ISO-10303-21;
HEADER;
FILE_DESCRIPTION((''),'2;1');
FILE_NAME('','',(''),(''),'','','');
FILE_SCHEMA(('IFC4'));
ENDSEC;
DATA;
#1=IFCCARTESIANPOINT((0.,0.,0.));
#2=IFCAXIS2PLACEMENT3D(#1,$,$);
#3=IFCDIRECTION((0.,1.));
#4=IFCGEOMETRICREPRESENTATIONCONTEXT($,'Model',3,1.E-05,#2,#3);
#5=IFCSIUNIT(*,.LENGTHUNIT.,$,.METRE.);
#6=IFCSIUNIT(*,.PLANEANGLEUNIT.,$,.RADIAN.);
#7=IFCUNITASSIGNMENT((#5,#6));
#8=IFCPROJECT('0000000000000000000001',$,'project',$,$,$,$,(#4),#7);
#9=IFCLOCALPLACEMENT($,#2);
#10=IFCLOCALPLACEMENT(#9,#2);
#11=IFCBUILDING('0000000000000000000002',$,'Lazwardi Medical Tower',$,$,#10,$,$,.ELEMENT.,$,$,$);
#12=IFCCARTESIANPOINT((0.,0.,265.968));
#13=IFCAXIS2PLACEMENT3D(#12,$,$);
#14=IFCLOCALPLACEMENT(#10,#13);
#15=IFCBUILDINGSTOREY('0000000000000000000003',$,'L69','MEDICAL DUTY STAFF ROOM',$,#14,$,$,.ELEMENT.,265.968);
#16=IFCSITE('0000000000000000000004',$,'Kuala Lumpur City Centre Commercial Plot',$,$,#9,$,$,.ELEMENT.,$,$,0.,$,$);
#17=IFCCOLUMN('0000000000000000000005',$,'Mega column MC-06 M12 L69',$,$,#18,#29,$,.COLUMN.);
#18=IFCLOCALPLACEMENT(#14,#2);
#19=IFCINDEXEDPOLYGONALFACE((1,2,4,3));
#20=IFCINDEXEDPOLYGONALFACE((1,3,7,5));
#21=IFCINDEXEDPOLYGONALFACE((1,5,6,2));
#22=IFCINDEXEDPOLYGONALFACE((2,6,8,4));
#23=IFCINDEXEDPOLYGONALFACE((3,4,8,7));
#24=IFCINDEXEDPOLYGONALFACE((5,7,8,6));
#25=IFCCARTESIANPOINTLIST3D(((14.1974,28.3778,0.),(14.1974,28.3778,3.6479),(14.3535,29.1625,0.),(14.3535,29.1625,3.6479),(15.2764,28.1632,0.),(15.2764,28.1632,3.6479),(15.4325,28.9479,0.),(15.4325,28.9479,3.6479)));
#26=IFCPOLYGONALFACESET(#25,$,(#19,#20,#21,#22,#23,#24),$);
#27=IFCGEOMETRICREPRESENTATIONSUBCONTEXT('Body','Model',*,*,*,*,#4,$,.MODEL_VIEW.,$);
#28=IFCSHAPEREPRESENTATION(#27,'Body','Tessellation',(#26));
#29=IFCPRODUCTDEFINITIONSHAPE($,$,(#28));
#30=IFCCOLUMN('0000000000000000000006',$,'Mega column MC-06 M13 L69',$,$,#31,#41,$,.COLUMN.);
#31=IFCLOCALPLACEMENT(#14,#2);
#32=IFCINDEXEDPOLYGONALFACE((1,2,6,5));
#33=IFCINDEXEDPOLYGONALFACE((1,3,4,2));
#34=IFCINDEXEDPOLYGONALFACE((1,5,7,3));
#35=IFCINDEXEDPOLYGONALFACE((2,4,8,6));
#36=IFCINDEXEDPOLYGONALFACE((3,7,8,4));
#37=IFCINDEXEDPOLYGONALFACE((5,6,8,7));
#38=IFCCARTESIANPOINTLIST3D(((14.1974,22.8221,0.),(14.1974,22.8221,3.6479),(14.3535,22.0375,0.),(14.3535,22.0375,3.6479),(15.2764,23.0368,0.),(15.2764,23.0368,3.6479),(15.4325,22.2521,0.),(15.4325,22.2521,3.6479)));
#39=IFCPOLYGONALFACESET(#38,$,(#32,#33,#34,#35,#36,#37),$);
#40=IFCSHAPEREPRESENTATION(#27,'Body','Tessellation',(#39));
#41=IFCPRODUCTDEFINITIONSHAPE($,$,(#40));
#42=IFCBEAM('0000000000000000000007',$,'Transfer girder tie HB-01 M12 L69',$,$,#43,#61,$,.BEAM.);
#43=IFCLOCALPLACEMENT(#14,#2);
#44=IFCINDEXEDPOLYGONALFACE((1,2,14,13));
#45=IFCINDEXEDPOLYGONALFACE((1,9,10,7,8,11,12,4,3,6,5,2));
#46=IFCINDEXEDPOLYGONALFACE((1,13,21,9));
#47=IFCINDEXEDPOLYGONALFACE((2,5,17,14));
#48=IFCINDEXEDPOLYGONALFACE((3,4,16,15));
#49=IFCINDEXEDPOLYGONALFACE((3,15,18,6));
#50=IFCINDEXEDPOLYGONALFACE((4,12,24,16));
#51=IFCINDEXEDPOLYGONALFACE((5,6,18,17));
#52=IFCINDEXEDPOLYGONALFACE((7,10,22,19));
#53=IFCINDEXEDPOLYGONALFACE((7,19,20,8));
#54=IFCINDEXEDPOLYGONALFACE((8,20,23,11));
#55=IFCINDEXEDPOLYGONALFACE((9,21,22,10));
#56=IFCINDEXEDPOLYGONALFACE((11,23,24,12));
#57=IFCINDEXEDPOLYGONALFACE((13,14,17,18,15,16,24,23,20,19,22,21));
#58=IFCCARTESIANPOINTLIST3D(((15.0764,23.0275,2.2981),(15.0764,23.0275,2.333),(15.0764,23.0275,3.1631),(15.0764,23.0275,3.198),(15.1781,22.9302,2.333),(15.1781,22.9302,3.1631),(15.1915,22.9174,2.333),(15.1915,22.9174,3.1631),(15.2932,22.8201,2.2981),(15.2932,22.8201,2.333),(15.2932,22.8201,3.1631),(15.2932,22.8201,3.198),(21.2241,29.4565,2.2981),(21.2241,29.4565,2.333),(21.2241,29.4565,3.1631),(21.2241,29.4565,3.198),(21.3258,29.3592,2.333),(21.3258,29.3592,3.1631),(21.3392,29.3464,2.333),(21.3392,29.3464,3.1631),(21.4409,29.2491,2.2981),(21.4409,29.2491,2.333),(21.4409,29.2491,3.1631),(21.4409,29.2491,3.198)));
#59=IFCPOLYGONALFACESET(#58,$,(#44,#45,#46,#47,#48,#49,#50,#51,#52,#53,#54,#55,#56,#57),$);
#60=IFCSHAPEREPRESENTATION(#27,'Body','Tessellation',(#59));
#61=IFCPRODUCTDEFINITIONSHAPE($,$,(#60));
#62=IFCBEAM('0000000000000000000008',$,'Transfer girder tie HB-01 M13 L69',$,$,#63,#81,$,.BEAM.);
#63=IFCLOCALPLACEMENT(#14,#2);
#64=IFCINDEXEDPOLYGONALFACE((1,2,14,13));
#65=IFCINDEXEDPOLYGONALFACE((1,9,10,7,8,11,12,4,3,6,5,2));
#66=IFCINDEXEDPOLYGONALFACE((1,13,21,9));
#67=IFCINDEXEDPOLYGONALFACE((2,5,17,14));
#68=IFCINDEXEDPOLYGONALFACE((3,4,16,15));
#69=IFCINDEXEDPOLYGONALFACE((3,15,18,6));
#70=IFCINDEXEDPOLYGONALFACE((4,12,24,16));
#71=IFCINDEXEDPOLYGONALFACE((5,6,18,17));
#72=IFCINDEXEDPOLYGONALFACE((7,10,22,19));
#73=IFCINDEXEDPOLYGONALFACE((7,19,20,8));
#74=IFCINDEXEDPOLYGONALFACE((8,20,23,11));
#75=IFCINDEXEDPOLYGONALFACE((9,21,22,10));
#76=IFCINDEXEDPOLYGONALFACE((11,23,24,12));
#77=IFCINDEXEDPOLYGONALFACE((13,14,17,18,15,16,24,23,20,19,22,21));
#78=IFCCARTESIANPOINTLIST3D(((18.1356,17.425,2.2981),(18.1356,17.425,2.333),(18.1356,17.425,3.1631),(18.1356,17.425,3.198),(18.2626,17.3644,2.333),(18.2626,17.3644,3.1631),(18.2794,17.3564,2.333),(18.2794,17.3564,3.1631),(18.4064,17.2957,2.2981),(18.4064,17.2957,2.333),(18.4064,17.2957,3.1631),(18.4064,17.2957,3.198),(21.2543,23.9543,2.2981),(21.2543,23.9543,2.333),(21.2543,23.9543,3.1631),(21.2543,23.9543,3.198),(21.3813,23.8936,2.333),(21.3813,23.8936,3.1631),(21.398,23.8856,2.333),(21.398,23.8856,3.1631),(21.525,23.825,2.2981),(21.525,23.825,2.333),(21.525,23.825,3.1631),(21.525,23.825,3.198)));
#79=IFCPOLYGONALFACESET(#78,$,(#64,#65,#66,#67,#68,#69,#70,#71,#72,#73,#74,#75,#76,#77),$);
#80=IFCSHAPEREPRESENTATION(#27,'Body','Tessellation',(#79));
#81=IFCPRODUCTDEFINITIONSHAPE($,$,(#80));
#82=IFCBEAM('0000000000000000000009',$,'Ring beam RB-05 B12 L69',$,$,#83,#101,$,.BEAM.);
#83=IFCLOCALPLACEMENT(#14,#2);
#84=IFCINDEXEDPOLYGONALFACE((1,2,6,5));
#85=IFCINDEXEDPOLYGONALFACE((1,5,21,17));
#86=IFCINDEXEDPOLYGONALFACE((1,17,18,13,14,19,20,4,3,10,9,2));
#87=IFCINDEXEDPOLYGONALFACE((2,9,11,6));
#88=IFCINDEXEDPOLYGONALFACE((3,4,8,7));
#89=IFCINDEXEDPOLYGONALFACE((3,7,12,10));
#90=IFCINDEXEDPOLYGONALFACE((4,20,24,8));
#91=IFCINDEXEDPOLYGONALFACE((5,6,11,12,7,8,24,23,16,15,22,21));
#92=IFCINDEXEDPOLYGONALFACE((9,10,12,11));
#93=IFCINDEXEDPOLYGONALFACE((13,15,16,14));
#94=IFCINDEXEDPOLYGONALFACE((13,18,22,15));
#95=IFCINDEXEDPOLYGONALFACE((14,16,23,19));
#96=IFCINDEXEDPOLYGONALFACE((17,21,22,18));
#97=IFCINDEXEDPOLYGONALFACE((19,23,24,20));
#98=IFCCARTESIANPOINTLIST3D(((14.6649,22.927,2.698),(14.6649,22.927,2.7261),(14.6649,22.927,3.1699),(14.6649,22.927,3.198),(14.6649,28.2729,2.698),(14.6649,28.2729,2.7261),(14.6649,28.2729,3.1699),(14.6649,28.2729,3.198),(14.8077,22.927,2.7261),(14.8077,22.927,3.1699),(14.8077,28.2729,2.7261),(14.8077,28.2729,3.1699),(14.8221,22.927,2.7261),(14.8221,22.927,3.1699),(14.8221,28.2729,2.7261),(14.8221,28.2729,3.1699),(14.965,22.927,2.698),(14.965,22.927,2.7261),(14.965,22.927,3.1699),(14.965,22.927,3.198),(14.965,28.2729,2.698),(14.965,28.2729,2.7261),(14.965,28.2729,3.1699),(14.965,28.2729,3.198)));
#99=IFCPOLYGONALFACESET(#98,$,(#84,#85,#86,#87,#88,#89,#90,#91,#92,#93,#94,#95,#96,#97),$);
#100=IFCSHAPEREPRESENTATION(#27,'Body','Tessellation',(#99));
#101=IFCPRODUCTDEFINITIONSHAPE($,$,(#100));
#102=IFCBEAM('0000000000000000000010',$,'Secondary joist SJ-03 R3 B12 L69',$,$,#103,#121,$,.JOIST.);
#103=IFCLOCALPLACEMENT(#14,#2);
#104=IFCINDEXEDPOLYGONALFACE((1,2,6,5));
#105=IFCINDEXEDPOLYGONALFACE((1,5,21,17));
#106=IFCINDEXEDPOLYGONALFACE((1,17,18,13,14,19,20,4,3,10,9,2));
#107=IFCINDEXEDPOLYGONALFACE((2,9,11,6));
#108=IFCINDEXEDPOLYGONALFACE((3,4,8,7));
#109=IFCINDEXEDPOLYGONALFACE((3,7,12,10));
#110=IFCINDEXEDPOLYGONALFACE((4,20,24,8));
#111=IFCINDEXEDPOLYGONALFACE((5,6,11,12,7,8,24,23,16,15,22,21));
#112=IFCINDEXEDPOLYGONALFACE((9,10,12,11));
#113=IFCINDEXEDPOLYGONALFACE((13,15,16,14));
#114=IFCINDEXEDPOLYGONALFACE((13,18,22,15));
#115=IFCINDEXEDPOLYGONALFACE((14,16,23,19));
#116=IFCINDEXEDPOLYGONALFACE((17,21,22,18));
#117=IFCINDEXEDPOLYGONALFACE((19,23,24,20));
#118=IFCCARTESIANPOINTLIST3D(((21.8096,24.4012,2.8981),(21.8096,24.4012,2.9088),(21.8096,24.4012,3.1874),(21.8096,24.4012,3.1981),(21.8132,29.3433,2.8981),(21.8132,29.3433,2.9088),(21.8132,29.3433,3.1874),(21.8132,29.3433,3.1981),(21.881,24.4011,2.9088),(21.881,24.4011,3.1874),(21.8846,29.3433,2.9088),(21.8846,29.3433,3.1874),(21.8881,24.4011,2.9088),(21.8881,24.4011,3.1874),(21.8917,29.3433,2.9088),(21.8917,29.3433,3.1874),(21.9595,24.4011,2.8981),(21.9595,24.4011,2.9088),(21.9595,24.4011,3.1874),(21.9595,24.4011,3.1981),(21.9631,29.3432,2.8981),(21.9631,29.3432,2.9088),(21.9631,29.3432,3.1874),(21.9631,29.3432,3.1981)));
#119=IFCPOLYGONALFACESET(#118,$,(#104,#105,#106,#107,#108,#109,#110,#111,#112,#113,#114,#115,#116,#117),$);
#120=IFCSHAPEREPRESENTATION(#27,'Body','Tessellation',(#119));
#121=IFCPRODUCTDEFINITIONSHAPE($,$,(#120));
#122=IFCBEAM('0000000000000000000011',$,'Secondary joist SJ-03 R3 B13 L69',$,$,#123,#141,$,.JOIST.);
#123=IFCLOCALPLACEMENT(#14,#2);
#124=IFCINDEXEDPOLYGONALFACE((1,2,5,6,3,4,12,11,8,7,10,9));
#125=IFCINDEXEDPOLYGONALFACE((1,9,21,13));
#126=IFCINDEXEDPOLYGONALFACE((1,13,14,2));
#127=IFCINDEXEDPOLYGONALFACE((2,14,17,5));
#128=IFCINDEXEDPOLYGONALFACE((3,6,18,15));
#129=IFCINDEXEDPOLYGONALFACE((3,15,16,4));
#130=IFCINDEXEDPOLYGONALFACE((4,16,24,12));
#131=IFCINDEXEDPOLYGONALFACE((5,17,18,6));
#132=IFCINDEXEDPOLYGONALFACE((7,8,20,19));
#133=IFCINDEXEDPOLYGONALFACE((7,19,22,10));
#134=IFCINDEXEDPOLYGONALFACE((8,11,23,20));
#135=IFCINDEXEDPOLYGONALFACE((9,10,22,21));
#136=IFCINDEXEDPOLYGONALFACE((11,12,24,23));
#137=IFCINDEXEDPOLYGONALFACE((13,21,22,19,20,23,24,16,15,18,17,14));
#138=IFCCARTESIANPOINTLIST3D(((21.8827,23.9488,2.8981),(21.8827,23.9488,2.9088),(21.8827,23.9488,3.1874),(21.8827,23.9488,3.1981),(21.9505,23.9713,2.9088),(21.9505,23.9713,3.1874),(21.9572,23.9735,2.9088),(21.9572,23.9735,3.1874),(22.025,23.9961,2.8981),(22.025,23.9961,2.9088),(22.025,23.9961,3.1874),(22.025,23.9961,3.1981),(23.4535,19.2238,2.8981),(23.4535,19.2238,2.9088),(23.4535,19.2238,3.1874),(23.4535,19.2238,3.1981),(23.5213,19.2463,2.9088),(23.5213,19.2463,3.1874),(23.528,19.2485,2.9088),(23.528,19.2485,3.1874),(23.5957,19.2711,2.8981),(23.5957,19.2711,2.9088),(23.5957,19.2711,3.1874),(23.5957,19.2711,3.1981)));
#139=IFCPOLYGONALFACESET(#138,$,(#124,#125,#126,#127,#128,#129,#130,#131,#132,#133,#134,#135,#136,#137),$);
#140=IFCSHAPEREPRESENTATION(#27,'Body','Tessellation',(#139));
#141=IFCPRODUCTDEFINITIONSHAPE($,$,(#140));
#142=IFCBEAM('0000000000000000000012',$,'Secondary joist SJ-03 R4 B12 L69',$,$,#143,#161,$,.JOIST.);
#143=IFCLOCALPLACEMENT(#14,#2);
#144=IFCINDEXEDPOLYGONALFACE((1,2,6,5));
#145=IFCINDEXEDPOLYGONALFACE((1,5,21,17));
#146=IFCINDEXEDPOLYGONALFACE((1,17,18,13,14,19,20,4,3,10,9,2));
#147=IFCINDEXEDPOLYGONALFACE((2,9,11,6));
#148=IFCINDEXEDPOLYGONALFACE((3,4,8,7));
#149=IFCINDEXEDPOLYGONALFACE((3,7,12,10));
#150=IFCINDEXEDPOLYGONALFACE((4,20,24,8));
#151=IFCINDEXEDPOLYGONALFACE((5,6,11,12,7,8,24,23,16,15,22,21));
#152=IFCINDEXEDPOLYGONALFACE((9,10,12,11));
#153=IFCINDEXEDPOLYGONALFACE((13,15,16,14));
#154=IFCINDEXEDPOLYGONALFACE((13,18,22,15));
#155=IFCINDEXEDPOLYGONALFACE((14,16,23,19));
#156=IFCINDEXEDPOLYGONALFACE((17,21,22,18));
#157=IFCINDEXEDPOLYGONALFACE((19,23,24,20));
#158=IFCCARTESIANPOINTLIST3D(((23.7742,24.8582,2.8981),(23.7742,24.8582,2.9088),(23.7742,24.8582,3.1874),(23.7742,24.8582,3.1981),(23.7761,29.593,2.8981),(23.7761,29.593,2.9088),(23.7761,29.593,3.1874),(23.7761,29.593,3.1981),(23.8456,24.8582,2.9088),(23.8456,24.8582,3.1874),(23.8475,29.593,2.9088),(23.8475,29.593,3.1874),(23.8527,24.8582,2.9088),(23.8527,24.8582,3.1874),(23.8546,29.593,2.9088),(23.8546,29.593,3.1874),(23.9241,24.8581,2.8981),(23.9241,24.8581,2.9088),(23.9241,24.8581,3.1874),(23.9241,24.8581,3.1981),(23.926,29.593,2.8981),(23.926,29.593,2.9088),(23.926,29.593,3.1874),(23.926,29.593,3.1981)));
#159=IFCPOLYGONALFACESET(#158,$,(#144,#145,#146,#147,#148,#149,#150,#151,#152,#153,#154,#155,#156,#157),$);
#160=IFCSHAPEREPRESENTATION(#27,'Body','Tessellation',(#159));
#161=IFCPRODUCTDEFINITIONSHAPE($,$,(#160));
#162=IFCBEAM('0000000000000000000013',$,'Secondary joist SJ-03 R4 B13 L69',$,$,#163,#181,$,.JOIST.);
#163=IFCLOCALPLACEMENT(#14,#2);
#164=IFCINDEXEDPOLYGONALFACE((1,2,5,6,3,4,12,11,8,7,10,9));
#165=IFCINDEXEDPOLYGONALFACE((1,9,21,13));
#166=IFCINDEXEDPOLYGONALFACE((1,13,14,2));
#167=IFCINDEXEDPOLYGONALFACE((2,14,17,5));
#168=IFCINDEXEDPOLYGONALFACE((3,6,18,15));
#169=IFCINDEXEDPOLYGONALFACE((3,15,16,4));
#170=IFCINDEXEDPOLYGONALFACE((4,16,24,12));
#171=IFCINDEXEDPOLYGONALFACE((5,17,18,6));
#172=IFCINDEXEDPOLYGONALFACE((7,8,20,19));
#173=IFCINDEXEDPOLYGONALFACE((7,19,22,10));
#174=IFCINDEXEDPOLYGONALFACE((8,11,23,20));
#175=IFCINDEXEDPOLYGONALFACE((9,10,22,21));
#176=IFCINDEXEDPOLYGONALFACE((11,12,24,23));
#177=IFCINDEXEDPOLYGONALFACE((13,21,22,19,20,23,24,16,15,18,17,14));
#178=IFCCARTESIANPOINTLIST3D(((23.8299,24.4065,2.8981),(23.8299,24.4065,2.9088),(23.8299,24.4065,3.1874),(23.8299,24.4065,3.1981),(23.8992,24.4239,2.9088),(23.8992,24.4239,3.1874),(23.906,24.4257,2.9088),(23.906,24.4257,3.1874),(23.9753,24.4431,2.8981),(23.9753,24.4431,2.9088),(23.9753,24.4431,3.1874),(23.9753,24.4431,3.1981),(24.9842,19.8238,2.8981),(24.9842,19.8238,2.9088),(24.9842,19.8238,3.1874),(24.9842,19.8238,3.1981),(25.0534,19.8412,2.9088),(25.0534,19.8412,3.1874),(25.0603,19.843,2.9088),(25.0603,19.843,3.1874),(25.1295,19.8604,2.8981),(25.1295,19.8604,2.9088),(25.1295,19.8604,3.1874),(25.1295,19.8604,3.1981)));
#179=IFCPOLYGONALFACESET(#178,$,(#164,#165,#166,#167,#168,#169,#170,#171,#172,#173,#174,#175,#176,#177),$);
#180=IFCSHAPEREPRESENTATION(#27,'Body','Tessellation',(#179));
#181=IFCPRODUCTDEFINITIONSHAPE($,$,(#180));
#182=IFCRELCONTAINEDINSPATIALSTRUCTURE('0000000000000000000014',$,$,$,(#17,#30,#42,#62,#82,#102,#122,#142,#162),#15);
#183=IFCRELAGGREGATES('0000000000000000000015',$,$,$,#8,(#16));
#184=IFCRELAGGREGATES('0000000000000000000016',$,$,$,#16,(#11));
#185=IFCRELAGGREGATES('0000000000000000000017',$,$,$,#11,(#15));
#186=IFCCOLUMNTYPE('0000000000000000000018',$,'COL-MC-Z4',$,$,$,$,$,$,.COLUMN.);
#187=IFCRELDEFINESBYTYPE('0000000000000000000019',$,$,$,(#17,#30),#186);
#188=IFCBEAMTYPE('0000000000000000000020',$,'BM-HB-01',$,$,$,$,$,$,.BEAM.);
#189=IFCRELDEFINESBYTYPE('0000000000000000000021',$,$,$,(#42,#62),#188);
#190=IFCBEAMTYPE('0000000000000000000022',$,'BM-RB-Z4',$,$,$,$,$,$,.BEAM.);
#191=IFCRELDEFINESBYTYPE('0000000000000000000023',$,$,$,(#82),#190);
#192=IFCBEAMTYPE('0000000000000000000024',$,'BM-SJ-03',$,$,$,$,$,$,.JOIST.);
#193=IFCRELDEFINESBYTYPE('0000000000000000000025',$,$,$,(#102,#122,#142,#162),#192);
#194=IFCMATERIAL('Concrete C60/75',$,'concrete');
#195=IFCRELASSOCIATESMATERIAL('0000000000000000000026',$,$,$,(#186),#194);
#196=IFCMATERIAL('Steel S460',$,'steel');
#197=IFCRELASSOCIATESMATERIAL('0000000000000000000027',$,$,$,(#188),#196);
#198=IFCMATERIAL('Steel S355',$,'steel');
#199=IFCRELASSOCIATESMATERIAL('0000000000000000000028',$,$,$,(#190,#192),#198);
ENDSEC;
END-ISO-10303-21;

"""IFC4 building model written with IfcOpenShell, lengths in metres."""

from ifc_helpers import new_model, si_unit, direction, frame, origin, origin_2d, place, context, subcontext, project, spatial, rectangle, i_section, extrude, material, material_profile, profile_set, type_object, element, save


model = new_model("IFC4")

# Units and contexts
model_context = context("Model", 3, precision=1e-05, world=origin(), true_north=direction((0.0, 1.0)))
body_context = subcontext(model_context, "Body", "Model", "MODEL_VIEW")
ifc_project = project(units=[si_unit("LENGTHUNIT", "METRE"), si_unit("PLANEANGLEUNIT", "RADIAN")], contexts=[model_context])

# Site, building, storey
site_placement = place(None, origin())
site = spatial("IfcSite", under=ifc_project, at=site_placement, Name="Kuala Lumpur City Centre Commercial Plot", CompositionType="ELEMENT", RefElevation=0.0)
building_placement = place(site_placement, origin())
building = spatial("IfcBuilding", under=site, at=building_placement, Name="Lazwardi Medical Tower", CompositionType="ELEMENT")
storey_placement = place(building_placement, frame((0.0, 0.0, 265.968)))
storey = spatial("IfcBuildingStorey", under=building, at=storey_placement, Name="L69", Description="MEDICAL DUTY STAFF ROOM", CompositionType="ELEMENT", Elevation=265.968)

# Columns
ifc_material_1 = material(Name="Concrete C60/75", Category="concrete")
ifc_material_profile_1 = material_profile(ifc_material_1, rectangle(XDim=1.1001, YDim=0.8, at=origin_2d()), Name="CFT-RECT 1100x800")
ifc_profile_set_1 = profile_set([ifc_material_profile_1], Name="Concrete C60/75")
column_type = type_object("IfcColumnType", Name="COL-MC-Z4", PredefinedType="COLUMN", material=ifc_profile_set_1)
for number, where, z_axis, x_axis, name in (
    (1, (14.8149, 28.6628, 0.0), (0.0, 0.0, 1.0), (-0.980785, 0.19509, 0.0), "Mega column MC-06 M12 L69"),
    (2, (14.8149, 22.5371, 0.0), (0.0, 0.0, 1.0), (-0.980785, -0.19509, 0.0), "Mega column MC-06 M13 L69"),
):
    element("IfcColumn", number, at=place(storey_placement, frame(where, z_axis=z_axis, x_axis=x_axis)), inside=storey, type_object=column_type, Name=name, PredefinedType="COLUMN", context=body_context, shape_type="SweptSolid", body=[
        extrude(rectangle(XDim=1.1001, YDim=0.8, at=origin_2d()), origin(), (0.0, 0.0, 1.0), 3.6479),
    ])

# Beams
ifc_material_2 = material(Name="Steel S460", Category="steel")
ifc_material_profile_2 = material_profile(ifc_material_2, i_section(OverallWidth=0.3, OverallDepth=0.8999, WebThickness=0.0186, FlangeThickness=0.0349, at=origin_2d()), Name="HEB 900")
ifc_profile_set_2 = profile_set([ifc_material_profile_2], Name="Steel S460")
beam_type_1 = type_object("IfcBeamType", Name="BM-HB-01", PredefinedType="BEAM", material=ifc_profile_set_2)
beam_1_placement = place(storey_placement, frame((21.3325, 29.3528, 2.748), z_axis=(-0.691121, -0.722739, 0.0), x_axis=(0.722739, -0.691121, 0.0)))
element("IfcBeam", 3, at=beam_1_placement, inside=storey, type_object=beam_type_1, Name="Transfer girder tie HB-01 M12 L69", PredefinedType="BEAM", context=body_context, shape_type="SweptSolid", body=[
    extrude(i_section(OverallWidth=0.3, OverallDepth=0.8999, WebThickness=0.0186, FlangeThickness=0.0349, at=origin_2d()), origin(), (0.0, 0.0, 1.0), 8.8953),
])
beam_2_placement = place(storey_placement, frame((21.3896, 23.8896, 2.748), z_axis=(-0.430999, -0.902352, 0.0), x_axis=(0.902352, -0.430999, 0.0)))
element("IfcBeam", 4, at=beam_2_placement, inside=storey, type_object=beam_type_1, Name="Transfer girder tie HB-01 M13 L69", PredefinedType="BEAM", context=body_context, shape_type="SweptSolid", body=[
    extrude(i_section(OverallWidth=0.3, OverallDepth=0.8999, WebThickness=0.0186, FlangeThickness=0.0349, at=origin_2d()), origin(), (0.0, 0.0, 1.0), 7.2358),
])
ifc_material_3 = material(Name="Steel S355", Category="steel")
ifc_material_profile_3 = material_profile(ifc_material_3, i_section(OverallWidth=0.3, OverallDepth=0.5, WebThickness=0.0144, FlangeThickness=0.0281, at=origin_2d()), Name="HEB 500")
ifc_profile_set_3 = profile_set([ifc_material_profile_3], Name="Steel S355")
beam_type_2 = type_object("IfcBeamType", Name="BM-RB-Z4", PredefinedType="BEAM", material=ifc_profile_set_3)
beam_3_placement = place(storey_placement, frame((14.8149, 28.2729, 2.948), z_axis=(0.0, -1.0, 0.0), x_axis=(1.0, 0.0, 0.0)))
element("IfcBeam", 5, at=beam_3_placement, inside=storey, type_object=beam_type_2, Name="Ring beam RB-05 B12 L69", PredefinedType="BEAM", context=body_context, shape_type="SweptSolid", body=[
    extrude(i_section(OverallWidth=0.3, OverallDepth=0.5, WebThickness=0.0144, FlangeThickness=0.0281, at=origin_2d()), origin(), (0.0, 0.0, 1.0), 5.3459),
])
ifc_material_profile_4 = material_profile(ifc_material_3, i_section(OverallWidth=0.1499, OverallDepth=0.3, WebThickness=0.0071, FlangeThickness=0.0107, at=origin_2d()), Name="IPE 300")
ifc_profile_set_4 = profile_set([ifc_material_profile_4], Name="Steel S355")
beam_type_3 = type_object("IfcBeamType", Name="BM-SJ-03", PredefinedType="JOIST", material=ifc_profile_set_4)
beam_4_placement = place(storey_placement, frame((21.8882, 29.3433, 3.0481), z_axis=(-0.000741, -1.0, 0.0), x_axis=(1.0, -0.000741, 0.0)))
element("IfcBeam", 6, at=beam_4_placement, inside=storey, type_object=beam_type_3, Name="Secondary joist SJ-03 R3 B12 L69", PredefinedType="JOIST", context=body_context, shape_type="SweptSolid", body=[
    extrude(i_section(OverallWidth=0.1499, OverallDepth=0.3, WebThickness=0.0071, FlangeThickness=0.0107, at=origin_2d()), origin(), (0.0, 0.0, 1.0), 4.9421),
])
beam_5_placement = place(storey_placement, frame((21.9539, 23.9724, 3.0481), z_axis=(0.315463, -0.948938, 0.0), x_axis=(0.948938, 0.315463, 0.0)))
element("IfcBeam", 7, at=beam_5_placement, inside=storey, type_object=beam_type_3, Name="Secondary joist SJ-03 R3 B13 L69", PredefinedType="JOIST", context=body_context, shape_type="SweptSolid", body=[
    extrude(i_section(OverallWidth=0.1499, OverallDepth=0.3, WebThickness=0.0071, FlangeThickness=0.0107, at=origin_2d()), origin(), (0.0, 0.0, 1.0), 4.9792),
])
beam_6_placement = place(storey_placement, frame((23.8511, 29.593, 3.0481), z_axis=(-0.000412, -1.0, 0.0), x_axis=(1.0, -0.000412, 0.0)))
element("IfcBeam", 8, at=beam_6_placement, inside=storey, type_object=beam_type_3, Name="Secondary joist SJ-03 R4 B12 L69", PredefinedType="JOIST", context=body_context, shape_type="SweptSolid", body=[
    extrude(i_section(OverallWidth=0.1499, OverallDepth=0.3, WebThickness=0.0071, FlangeThickness=0.0107, at=origin_2d()), origin(), (0.0, 0.0, 1.0), 4.7349),
])
beam_7_placement = place(storey_placement, frame((23.9026, 24.4248, 3.0481), z_axis=(0.244249, -0.969713, 0.0), x_axis=(0.969713, 0.244249, 0.0)))
element("IfcBeam", 9, at=beam_7_placement, inside=storey, type_object=beam_type_3, Name="Secondary joist SJ-03 R4 B13 L69", PredefinedType="JOIST", context=body_context, shape_type="SweptSolid", body=[
    extrude(i_section(OverallWidth=0.1499, OverallDepth=0.3, WebThickness=0.0071, FlangeThickness=0.0107, at=origin_2d()), origin(), (0.0, 0.0, 1.0), 4.7258),
])

save(model, "model.ifc")
